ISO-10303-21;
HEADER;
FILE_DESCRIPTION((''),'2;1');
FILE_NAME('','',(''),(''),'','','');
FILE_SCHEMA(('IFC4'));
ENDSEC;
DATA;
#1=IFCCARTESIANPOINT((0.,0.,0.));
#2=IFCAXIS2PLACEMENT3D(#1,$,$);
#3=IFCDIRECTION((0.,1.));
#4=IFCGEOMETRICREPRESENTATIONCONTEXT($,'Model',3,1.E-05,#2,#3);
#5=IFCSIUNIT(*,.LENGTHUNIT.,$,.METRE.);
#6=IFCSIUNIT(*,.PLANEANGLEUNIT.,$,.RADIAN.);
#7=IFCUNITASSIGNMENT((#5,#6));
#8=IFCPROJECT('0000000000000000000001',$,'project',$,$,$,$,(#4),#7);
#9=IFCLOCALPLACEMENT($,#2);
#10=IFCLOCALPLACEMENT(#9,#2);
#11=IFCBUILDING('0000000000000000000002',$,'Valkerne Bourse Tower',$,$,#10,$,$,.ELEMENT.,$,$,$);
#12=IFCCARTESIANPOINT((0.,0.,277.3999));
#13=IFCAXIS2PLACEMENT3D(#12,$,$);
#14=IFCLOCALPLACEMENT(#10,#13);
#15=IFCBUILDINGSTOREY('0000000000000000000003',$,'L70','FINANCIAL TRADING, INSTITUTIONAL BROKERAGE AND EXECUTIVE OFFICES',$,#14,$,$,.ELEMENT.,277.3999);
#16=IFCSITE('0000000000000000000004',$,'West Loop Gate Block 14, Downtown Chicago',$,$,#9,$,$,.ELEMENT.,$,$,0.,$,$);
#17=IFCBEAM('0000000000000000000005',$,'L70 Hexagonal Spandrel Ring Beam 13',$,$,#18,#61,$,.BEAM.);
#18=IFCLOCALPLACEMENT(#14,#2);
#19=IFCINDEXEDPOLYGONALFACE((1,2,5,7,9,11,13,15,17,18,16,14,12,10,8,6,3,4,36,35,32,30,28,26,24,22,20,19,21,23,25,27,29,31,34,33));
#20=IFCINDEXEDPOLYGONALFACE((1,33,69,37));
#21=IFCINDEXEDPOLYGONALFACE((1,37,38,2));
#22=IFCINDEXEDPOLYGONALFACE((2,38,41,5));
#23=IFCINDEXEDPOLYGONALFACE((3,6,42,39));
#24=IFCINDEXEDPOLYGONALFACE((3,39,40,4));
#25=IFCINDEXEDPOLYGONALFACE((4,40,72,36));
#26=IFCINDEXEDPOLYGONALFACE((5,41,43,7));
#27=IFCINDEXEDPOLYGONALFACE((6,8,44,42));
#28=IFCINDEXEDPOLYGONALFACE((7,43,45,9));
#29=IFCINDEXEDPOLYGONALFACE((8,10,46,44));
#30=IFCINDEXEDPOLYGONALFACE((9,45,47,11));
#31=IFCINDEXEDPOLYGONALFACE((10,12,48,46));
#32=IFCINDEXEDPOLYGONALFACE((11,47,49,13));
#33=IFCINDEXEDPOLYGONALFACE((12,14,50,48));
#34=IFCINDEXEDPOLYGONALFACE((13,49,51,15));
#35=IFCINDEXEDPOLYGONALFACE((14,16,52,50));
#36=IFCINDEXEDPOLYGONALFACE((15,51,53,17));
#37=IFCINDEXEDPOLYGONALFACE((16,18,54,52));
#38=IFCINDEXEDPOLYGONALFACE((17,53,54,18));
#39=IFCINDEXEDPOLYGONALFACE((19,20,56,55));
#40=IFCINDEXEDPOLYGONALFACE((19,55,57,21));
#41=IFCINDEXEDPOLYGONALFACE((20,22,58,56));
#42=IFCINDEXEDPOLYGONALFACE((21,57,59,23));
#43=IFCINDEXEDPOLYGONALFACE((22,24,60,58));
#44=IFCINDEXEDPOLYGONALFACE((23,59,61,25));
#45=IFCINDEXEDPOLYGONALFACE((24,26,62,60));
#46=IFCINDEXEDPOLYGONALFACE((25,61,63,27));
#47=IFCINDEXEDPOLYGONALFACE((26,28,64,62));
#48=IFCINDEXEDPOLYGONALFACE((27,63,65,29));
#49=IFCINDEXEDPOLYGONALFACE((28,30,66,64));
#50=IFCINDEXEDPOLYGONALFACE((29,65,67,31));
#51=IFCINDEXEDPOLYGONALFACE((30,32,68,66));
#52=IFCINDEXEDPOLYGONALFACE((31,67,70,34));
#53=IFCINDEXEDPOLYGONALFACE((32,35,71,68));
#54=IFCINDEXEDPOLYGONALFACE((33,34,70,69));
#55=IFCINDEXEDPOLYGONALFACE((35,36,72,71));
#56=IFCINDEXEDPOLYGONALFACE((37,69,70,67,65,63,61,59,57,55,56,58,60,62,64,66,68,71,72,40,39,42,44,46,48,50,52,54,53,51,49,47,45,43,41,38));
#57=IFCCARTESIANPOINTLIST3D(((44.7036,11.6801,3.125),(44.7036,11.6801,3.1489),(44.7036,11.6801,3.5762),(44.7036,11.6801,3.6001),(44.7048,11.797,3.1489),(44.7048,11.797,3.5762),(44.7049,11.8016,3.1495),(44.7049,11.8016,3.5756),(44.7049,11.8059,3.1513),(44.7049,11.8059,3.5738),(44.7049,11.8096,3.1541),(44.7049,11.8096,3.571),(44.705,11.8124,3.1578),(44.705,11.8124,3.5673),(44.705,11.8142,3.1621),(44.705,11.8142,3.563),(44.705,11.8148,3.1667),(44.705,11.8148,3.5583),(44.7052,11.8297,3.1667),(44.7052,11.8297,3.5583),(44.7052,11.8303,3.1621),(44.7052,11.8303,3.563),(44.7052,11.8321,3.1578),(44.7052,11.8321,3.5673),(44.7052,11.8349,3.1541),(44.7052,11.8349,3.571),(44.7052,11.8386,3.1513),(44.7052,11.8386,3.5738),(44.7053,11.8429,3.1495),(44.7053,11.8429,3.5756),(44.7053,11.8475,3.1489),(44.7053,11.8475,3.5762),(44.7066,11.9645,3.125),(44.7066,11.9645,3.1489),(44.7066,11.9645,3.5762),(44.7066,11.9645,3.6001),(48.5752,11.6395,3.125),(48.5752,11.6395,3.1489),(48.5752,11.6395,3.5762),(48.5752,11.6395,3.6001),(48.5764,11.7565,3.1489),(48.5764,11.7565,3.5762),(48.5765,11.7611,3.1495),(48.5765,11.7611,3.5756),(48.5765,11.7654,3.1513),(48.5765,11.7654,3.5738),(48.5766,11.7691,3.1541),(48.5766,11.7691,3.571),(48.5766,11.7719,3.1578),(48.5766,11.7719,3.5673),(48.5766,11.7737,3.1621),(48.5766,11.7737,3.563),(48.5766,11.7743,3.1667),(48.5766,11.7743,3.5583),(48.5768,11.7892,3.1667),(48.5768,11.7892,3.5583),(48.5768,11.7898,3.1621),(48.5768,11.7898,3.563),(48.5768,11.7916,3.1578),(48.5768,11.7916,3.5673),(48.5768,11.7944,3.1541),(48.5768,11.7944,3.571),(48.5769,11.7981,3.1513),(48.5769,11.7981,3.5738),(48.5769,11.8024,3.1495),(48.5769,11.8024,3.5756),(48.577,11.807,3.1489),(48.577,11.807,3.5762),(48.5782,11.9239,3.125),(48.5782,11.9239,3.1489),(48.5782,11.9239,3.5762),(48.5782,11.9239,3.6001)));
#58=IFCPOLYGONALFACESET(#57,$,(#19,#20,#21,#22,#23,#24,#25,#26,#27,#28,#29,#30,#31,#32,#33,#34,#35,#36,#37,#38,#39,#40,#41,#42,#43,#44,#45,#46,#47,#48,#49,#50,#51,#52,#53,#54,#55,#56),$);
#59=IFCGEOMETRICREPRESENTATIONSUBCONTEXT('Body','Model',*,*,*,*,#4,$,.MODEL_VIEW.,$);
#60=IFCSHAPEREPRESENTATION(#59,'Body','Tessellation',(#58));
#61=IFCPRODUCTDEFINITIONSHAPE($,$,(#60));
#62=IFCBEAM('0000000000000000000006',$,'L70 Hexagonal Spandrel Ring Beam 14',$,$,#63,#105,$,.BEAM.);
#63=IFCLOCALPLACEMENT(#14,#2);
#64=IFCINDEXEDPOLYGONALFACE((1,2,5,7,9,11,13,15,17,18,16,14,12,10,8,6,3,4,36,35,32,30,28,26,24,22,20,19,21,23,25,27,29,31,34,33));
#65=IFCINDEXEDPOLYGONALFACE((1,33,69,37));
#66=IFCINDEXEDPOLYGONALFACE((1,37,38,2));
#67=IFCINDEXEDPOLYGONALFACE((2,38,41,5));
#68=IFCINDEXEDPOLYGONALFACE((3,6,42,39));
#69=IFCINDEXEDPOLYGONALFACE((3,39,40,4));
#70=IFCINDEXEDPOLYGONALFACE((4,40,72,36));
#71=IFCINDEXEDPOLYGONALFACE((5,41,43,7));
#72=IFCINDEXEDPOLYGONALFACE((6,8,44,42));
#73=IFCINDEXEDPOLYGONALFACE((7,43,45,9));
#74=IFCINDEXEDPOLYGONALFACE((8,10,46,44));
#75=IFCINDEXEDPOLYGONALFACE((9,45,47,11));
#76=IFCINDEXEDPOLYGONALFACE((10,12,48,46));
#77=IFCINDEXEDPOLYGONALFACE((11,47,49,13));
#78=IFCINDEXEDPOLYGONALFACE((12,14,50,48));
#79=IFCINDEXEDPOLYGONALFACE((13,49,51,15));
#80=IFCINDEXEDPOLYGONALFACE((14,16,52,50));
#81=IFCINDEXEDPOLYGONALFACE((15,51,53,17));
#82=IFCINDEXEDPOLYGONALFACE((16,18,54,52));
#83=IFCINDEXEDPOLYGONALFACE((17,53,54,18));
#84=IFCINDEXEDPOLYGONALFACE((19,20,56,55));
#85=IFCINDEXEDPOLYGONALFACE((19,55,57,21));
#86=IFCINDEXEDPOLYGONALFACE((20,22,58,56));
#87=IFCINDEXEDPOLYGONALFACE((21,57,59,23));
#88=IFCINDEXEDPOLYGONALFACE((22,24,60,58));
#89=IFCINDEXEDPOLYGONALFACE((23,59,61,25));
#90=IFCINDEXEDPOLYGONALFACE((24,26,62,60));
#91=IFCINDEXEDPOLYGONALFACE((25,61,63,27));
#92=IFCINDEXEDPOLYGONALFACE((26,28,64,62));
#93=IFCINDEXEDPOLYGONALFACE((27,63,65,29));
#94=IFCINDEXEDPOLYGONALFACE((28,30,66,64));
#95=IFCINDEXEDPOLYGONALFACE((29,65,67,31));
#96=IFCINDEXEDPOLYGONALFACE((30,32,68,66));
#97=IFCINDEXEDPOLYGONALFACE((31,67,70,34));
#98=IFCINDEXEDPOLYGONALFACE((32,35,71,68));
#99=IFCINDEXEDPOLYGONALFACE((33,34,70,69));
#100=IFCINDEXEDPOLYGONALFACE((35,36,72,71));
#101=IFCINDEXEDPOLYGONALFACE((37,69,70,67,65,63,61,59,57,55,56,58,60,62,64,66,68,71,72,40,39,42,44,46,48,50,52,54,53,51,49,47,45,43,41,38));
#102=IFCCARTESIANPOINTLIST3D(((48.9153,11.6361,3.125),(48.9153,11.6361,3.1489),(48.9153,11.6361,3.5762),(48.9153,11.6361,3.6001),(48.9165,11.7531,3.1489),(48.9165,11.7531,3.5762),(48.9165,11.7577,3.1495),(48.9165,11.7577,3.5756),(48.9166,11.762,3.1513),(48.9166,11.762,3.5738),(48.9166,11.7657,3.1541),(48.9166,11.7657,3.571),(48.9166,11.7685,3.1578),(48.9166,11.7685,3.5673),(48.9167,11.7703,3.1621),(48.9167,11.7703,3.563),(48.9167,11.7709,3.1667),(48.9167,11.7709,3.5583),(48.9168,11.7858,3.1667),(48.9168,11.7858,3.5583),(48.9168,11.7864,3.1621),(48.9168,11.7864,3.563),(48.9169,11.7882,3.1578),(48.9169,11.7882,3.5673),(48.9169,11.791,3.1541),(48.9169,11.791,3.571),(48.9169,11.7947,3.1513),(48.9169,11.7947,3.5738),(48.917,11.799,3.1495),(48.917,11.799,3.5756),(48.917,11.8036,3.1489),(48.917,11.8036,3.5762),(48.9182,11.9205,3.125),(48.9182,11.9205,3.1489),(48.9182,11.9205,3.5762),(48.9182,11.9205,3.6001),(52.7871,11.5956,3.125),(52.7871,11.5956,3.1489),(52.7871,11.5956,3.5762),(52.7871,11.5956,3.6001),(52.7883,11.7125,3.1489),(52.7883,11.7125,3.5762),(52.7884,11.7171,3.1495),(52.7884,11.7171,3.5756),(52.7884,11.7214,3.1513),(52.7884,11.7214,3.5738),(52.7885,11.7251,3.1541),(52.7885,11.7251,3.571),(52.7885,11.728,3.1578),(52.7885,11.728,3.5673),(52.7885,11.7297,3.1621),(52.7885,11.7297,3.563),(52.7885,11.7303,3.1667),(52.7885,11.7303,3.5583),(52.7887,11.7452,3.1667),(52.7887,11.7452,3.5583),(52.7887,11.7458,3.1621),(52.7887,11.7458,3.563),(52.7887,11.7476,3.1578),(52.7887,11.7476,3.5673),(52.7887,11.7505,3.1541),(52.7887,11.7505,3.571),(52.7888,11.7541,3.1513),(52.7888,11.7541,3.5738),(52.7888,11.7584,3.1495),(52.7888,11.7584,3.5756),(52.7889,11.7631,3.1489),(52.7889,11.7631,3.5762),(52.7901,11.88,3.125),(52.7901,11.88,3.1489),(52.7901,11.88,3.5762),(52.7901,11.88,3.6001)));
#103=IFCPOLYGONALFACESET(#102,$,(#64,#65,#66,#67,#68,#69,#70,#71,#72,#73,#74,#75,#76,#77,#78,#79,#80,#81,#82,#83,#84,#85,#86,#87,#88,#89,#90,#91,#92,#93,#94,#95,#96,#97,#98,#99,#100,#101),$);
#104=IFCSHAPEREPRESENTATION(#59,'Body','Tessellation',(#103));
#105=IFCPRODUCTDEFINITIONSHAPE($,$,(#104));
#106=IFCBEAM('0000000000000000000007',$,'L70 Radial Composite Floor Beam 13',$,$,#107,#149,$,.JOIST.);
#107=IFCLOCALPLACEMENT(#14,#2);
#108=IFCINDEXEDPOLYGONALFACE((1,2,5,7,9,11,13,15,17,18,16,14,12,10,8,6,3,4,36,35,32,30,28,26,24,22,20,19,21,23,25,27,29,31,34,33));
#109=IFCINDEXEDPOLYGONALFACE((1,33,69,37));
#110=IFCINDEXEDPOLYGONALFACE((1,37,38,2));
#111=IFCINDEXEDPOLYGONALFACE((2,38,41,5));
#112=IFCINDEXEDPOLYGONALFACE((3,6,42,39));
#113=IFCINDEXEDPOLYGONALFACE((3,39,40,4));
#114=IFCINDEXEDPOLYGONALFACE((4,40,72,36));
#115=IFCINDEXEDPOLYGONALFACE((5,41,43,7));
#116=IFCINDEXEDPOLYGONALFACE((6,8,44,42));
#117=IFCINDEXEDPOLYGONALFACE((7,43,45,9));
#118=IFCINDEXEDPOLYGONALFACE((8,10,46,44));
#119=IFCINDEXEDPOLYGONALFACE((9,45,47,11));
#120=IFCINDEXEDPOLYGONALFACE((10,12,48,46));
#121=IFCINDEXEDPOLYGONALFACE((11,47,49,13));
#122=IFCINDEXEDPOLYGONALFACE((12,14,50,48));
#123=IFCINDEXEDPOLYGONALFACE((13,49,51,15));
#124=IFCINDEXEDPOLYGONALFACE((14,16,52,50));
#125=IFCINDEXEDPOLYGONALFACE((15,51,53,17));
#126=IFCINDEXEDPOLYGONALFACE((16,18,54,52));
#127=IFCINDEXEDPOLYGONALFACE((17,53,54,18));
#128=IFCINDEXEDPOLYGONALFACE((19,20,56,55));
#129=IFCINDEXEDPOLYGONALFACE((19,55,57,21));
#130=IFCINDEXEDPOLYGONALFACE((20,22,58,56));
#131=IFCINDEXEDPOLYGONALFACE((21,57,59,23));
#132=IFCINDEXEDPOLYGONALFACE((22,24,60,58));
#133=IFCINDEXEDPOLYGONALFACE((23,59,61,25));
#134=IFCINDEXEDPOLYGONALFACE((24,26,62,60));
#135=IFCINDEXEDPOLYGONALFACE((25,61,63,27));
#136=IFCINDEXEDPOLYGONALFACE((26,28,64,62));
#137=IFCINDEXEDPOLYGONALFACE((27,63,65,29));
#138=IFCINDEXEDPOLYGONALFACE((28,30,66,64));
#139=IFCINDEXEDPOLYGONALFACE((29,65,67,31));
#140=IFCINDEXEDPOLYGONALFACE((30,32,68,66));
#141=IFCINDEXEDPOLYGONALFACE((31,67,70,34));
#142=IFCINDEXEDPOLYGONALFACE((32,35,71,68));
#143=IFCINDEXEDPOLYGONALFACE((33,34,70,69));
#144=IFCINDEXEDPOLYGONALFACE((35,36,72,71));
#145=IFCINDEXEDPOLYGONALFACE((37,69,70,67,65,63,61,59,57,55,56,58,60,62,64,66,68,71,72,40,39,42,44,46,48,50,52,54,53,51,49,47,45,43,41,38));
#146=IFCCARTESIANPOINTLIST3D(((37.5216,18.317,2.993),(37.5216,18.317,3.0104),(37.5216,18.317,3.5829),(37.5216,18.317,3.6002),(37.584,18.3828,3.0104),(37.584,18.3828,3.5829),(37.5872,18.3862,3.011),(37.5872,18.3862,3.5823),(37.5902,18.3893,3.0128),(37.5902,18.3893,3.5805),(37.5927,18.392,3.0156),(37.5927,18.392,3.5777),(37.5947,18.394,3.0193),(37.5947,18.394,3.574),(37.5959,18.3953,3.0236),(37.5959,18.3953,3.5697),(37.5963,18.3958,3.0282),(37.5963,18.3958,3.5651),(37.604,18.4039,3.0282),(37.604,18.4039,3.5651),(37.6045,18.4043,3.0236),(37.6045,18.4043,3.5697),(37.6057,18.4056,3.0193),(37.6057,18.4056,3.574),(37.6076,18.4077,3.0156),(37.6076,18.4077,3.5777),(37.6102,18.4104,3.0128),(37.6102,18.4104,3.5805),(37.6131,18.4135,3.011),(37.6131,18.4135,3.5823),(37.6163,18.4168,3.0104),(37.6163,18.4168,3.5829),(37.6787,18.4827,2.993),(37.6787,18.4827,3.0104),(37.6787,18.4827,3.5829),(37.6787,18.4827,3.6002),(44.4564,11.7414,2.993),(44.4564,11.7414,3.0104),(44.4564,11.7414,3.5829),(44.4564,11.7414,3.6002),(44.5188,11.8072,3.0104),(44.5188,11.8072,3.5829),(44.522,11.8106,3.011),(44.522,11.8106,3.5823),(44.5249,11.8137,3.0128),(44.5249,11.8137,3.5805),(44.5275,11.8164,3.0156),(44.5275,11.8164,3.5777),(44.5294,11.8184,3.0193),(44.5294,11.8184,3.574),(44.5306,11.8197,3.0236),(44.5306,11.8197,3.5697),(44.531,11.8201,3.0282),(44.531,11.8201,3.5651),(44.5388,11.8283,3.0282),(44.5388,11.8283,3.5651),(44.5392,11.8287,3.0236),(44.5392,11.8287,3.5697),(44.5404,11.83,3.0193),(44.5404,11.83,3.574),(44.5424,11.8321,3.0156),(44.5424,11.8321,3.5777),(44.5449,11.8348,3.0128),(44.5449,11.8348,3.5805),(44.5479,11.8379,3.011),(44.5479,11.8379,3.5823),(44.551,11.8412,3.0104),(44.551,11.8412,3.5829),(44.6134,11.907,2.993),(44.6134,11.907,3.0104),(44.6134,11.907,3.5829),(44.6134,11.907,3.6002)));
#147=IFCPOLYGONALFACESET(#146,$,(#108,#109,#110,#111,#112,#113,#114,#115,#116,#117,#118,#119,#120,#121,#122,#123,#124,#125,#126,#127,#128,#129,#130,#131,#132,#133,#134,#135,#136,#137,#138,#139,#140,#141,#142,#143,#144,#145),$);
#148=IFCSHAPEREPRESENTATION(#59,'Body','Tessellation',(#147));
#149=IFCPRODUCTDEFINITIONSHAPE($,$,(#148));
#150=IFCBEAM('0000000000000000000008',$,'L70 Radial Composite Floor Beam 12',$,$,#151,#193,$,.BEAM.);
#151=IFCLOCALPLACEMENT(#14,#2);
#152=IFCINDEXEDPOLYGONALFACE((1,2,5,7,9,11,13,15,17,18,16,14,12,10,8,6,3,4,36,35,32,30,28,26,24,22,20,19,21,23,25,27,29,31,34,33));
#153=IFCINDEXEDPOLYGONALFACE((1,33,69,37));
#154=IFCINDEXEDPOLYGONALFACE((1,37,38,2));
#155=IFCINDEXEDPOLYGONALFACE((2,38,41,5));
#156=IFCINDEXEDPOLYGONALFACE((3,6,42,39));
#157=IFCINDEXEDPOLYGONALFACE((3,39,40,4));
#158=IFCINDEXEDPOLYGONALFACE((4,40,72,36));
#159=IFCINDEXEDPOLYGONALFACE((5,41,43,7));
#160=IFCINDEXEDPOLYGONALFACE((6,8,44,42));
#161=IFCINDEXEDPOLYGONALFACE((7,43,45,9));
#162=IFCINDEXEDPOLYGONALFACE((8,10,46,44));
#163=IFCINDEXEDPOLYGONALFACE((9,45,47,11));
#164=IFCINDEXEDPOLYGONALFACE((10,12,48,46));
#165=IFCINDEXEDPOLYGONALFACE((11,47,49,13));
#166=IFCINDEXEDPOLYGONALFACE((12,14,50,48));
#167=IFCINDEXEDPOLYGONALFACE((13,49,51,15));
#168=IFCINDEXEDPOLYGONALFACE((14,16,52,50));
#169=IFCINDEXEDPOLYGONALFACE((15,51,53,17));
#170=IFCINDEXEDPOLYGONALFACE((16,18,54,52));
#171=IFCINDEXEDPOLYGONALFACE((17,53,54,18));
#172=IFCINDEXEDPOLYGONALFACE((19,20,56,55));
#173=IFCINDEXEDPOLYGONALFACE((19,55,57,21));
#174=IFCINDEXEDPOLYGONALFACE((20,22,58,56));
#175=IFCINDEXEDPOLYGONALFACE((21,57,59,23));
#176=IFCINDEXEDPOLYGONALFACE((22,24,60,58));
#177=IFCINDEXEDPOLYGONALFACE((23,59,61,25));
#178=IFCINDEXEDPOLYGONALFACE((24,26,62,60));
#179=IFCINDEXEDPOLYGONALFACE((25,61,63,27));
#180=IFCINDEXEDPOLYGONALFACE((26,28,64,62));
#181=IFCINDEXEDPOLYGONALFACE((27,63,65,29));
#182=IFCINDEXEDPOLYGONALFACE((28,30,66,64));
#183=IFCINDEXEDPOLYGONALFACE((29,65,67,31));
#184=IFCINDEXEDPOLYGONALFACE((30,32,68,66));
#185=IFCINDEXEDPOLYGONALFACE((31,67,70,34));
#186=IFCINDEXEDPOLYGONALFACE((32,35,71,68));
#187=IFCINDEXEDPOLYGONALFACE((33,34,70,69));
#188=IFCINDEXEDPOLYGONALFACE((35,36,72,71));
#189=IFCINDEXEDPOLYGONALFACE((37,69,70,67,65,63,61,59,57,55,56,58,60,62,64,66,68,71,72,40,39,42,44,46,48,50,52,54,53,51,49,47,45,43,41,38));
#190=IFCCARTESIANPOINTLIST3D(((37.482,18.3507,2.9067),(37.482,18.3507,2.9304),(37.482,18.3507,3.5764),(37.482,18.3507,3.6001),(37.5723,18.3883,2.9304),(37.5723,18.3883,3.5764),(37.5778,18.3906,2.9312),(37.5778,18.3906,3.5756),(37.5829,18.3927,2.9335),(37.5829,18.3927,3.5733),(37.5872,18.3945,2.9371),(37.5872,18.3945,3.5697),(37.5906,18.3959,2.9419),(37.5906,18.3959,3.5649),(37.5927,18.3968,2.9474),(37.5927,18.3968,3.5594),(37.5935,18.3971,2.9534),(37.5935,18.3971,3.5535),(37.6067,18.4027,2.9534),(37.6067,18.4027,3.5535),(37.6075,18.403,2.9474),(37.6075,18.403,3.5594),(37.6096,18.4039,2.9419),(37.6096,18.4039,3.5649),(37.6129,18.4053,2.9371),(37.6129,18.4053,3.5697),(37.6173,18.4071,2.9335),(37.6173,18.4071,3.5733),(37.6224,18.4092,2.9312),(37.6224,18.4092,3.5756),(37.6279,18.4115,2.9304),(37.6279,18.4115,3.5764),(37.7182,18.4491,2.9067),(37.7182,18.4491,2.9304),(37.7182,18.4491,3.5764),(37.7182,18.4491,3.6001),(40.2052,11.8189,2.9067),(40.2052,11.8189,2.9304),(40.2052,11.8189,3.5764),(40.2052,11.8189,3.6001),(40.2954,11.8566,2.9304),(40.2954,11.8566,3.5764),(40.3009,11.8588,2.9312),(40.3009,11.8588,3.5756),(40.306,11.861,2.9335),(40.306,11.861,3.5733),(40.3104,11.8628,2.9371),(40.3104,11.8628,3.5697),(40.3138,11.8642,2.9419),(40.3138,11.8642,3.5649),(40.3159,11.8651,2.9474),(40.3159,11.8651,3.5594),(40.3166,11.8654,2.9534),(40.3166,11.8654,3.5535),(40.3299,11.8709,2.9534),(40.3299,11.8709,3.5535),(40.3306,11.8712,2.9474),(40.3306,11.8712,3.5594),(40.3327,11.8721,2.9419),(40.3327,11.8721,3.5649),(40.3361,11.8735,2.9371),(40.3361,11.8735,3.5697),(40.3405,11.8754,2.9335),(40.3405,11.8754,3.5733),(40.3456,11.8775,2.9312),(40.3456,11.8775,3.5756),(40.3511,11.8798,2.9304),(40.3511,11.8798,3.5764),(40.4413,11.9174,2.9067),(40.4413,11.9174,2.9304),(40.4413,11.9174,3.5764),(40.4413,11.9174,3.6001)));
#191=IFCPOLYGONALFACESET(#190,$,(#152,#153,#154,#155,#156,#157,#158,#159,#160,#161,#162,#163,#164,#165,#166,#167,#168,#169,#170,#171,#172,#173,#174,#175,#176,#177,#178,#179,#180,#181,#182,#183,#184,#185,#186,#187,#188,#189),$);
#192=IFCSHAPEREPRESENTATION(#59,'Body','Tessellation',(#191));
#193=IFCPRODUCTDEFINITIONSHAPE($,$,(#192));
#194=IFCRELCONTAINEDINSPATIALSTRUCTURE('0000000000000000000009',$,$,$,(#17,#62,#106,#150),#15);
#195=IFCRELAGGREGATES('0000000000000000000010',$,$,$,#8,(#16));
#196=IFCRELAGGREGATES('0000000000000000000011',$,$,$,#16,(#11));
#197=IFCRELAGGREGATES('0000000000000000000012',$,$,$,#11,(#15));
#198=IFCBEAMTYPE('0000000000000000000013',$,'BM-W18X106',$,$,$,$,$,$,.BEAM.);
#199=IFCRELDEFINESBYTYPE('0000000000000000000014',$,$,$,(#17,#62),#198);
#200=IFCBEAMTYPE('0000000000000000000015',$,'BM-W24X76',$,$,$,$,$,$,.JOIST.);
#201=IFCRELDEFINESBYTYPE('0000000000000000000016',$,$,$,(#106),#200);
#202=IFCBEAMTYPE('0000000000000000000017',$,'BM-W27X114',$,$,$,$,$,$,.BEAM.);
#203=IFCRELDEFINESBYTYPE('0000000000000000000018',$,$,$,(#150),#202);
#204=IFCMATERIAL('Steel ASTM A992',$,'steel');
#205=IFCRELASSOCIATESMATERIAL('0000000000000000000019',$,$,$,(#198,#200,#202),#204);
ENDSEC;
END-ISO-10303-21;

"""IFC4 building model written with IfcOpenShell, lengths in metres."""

from ifc_helpers import new_model, si_unit, direction, frame, origin, origin_2d, place, context, subcontext, project, spatial, i_section, extrude, material, material_profile, profile_set, type_object, element, save


model = new_model("IFC4")

# Units and contexts
model_context = context("Model", 3, precision=1e-05, world=origin(), true_north=direction((0.0, 1.0)))
body_context = subcontext(model_context, "Body", "Model", "MODEL_VIEW")
ifc_project = project(units=[si_unit("LENGTHUNIT", "METRE"), si_unit("PLANEANGLEUNIT", "RADIAN")], contexts=[model_context])

# Site, building, storey
site_placement = place(None, origin())
site = spatial("IfcSite", under=ifc_project, at=site_placement, Name="West Loop Gate Block 14, Downtown Chicago", CompositionType="ELEMENT", RefElevation=0.0)
building_placement = place(site_placement, origin())
building = spatial("IfcBuilding", under=site, at=building_placement, Name="Valkerne Bourse Tower", CompositionType="ELEMENT")
storey_placement = place(building_placement, frame((0.0, 0.0, 277.3999)))
storey = spatial("IfcBuildingStorey", under=building, at=storey_placement, Name="L70", Description="FINANCIAL TRADING, INSTITUTIONAL BROKERAGE AND EXECUTIVE OFFICES", CompositionType="ELEMENT", Elevation=277.3999)

# Beams
ifc_material_1 = material(Name="Steel ASTM A992", Category="steel")
ifc_material_profile_1 = material_profile(ifc_material_1, i_section(OverallWidth=0.2844, OverallDepth=0.4751, WebThickness=0.0149, FlangeThickness=0.0239, FilletRadius=0.0178, at=origin_2d()), Name="W18X106")
ifc_profile_set_1 = profile_set([ifc_material_profile_1], Name="Steel ASTM A992")
beam_type_1 = type_object("IfcBeamType", Name="BM-W18X106", PredefinedType="BEAM", material=ifc_profile_set_1)
beam_1_placement = place(storey_placement, frame((44.7051, 11.8223, 3.3625), z_axis=(0.999945, -0.010467, 0.0), x_axis=(0.010467, 0.999945, 0.0)))
element("IfcBeam", 1, at=beam_1_placement, inside=storey, type_object=beam_type_1, Name="L70 Hexagonal Spandrel Ring Beam 13", PredefinedType="BEAM", context=body_context, shape_type="SweptSolid", body=[
    extrude(i_section(OverallWidth=0.2844, OverallDepth=0.4751, WebThickness=0.0149, FlangeThickness=0.0239, FilletRadius=0.0178, at=origin_2d()), origin(), (0.0, 0.0, 1.0), 3.8718),
])
beam_2_placement = place(storey_placement, frame((48.9167, 11.7783, 3.3625), z_axis=(0.999945, -0.010467, 0.0), x_axis=(0.010467, 0.999945, 0.0)))
element("IfcBeam", 2, at=beam_2_placement, inside=storey, type_object=beam_type_1, Name="L70 Hexagonal Spandrel Ring Beam 14", PredefinedType="BEAM", context=body_context, shape_type="SweptSolid", body=[
    extrude(i_section(OverallWidth=0.2844, OverallDepth=0.4751, WebThickness=0.0149, FlangeThickness=0.0239, FilletRadius=0.0178, at=origin_2d()), origin(), (0.0, 0.0, 1.0), 3.8721),
])
ifc_material_profile_2 = material_profile(ifc_material_1, i_section(OverallWidth=0.2283, OverallDepth=0.6072, WebThickness=0.0112, FlangeThickness=0.0173, FilletRadius=0.0178, at=origin_2d()), Name="W24X76")
ifc_profile_set_2 = profile_set([ifc_material_profile_2], Name="Steel ASTM A992")
beam_type_2 = type_object("IfcBeamType", Name="BM-W24X76", PredefinedType="JOIST", material=ifc_profile_set_2)
beam_3_placement = place(storey_placement, frame((44.5349, 11.8242, 3.2966), z_axis=(-0.725647, 0.688068, 0.0), x_axis=(-0.688068, -0.725647, 0.0)))
element("IfcBeam", 3, at=beam_3_placement, inside=storey, type_object=beam_type_2, Name="L70 Radial Composite Floor Beam 13", PredefinedType="JOIST", context=body_context, shape_type="SweptSolid", body=[
    extrude(i_section(OverallWidth=0.2283, OverallDepth=0.6072, WebThickness=0.0112, FlangeThickness=0.0173, FilletRadius=0.0178, at=origin_2d()), origin(), (0.0, 0.0, 1.0), 9.5566),
])
ifc_material_profile_3 = material_profile(ifc_material_1, i_section(OverallWidth=0.2559, OverallDepth=0.6934, WebThickness=0.0144, FlangeThickness=0.0237, FilletRadius=0.0229, at=origin_2d()), Name="W27X114")
ifc_profile_set_3 = profile_set([ifc_material_profile_3], Name="Steel ASTM A992")
beam_type_3 = type_object("IfcBeamType", Name="BM-W27X114", PredefinedType="BEAM", material=ifc_profile_set_3)
beam_4_placement = place(storey_placement, frame((40.3232, 11.8682, 3.2534), z_axis=(-0.384806, 0.922997, 0.0), x_axis=(-0.922997, -0.384806, 0.0)))
element("IfcBeam", 4, at=beam_4_placement, inside=storey, type_object=beam_type_3, Name="L70 Radial Composite Floor Beam 12", PredefinedType="BEAM", context=body_context, shape_type="SweptSolid", body=[
    extrude(i_section(OverallWidth=0.2559, OverallDepth=0.6934, WebThickness=0.0144, FlangeThickness=0.0237, FilletRadius=0.0229, at=origin_2d()), origin(), (0.0, 0.0, 1.0), 7.0767),
])

save(model, "model.ifc")
